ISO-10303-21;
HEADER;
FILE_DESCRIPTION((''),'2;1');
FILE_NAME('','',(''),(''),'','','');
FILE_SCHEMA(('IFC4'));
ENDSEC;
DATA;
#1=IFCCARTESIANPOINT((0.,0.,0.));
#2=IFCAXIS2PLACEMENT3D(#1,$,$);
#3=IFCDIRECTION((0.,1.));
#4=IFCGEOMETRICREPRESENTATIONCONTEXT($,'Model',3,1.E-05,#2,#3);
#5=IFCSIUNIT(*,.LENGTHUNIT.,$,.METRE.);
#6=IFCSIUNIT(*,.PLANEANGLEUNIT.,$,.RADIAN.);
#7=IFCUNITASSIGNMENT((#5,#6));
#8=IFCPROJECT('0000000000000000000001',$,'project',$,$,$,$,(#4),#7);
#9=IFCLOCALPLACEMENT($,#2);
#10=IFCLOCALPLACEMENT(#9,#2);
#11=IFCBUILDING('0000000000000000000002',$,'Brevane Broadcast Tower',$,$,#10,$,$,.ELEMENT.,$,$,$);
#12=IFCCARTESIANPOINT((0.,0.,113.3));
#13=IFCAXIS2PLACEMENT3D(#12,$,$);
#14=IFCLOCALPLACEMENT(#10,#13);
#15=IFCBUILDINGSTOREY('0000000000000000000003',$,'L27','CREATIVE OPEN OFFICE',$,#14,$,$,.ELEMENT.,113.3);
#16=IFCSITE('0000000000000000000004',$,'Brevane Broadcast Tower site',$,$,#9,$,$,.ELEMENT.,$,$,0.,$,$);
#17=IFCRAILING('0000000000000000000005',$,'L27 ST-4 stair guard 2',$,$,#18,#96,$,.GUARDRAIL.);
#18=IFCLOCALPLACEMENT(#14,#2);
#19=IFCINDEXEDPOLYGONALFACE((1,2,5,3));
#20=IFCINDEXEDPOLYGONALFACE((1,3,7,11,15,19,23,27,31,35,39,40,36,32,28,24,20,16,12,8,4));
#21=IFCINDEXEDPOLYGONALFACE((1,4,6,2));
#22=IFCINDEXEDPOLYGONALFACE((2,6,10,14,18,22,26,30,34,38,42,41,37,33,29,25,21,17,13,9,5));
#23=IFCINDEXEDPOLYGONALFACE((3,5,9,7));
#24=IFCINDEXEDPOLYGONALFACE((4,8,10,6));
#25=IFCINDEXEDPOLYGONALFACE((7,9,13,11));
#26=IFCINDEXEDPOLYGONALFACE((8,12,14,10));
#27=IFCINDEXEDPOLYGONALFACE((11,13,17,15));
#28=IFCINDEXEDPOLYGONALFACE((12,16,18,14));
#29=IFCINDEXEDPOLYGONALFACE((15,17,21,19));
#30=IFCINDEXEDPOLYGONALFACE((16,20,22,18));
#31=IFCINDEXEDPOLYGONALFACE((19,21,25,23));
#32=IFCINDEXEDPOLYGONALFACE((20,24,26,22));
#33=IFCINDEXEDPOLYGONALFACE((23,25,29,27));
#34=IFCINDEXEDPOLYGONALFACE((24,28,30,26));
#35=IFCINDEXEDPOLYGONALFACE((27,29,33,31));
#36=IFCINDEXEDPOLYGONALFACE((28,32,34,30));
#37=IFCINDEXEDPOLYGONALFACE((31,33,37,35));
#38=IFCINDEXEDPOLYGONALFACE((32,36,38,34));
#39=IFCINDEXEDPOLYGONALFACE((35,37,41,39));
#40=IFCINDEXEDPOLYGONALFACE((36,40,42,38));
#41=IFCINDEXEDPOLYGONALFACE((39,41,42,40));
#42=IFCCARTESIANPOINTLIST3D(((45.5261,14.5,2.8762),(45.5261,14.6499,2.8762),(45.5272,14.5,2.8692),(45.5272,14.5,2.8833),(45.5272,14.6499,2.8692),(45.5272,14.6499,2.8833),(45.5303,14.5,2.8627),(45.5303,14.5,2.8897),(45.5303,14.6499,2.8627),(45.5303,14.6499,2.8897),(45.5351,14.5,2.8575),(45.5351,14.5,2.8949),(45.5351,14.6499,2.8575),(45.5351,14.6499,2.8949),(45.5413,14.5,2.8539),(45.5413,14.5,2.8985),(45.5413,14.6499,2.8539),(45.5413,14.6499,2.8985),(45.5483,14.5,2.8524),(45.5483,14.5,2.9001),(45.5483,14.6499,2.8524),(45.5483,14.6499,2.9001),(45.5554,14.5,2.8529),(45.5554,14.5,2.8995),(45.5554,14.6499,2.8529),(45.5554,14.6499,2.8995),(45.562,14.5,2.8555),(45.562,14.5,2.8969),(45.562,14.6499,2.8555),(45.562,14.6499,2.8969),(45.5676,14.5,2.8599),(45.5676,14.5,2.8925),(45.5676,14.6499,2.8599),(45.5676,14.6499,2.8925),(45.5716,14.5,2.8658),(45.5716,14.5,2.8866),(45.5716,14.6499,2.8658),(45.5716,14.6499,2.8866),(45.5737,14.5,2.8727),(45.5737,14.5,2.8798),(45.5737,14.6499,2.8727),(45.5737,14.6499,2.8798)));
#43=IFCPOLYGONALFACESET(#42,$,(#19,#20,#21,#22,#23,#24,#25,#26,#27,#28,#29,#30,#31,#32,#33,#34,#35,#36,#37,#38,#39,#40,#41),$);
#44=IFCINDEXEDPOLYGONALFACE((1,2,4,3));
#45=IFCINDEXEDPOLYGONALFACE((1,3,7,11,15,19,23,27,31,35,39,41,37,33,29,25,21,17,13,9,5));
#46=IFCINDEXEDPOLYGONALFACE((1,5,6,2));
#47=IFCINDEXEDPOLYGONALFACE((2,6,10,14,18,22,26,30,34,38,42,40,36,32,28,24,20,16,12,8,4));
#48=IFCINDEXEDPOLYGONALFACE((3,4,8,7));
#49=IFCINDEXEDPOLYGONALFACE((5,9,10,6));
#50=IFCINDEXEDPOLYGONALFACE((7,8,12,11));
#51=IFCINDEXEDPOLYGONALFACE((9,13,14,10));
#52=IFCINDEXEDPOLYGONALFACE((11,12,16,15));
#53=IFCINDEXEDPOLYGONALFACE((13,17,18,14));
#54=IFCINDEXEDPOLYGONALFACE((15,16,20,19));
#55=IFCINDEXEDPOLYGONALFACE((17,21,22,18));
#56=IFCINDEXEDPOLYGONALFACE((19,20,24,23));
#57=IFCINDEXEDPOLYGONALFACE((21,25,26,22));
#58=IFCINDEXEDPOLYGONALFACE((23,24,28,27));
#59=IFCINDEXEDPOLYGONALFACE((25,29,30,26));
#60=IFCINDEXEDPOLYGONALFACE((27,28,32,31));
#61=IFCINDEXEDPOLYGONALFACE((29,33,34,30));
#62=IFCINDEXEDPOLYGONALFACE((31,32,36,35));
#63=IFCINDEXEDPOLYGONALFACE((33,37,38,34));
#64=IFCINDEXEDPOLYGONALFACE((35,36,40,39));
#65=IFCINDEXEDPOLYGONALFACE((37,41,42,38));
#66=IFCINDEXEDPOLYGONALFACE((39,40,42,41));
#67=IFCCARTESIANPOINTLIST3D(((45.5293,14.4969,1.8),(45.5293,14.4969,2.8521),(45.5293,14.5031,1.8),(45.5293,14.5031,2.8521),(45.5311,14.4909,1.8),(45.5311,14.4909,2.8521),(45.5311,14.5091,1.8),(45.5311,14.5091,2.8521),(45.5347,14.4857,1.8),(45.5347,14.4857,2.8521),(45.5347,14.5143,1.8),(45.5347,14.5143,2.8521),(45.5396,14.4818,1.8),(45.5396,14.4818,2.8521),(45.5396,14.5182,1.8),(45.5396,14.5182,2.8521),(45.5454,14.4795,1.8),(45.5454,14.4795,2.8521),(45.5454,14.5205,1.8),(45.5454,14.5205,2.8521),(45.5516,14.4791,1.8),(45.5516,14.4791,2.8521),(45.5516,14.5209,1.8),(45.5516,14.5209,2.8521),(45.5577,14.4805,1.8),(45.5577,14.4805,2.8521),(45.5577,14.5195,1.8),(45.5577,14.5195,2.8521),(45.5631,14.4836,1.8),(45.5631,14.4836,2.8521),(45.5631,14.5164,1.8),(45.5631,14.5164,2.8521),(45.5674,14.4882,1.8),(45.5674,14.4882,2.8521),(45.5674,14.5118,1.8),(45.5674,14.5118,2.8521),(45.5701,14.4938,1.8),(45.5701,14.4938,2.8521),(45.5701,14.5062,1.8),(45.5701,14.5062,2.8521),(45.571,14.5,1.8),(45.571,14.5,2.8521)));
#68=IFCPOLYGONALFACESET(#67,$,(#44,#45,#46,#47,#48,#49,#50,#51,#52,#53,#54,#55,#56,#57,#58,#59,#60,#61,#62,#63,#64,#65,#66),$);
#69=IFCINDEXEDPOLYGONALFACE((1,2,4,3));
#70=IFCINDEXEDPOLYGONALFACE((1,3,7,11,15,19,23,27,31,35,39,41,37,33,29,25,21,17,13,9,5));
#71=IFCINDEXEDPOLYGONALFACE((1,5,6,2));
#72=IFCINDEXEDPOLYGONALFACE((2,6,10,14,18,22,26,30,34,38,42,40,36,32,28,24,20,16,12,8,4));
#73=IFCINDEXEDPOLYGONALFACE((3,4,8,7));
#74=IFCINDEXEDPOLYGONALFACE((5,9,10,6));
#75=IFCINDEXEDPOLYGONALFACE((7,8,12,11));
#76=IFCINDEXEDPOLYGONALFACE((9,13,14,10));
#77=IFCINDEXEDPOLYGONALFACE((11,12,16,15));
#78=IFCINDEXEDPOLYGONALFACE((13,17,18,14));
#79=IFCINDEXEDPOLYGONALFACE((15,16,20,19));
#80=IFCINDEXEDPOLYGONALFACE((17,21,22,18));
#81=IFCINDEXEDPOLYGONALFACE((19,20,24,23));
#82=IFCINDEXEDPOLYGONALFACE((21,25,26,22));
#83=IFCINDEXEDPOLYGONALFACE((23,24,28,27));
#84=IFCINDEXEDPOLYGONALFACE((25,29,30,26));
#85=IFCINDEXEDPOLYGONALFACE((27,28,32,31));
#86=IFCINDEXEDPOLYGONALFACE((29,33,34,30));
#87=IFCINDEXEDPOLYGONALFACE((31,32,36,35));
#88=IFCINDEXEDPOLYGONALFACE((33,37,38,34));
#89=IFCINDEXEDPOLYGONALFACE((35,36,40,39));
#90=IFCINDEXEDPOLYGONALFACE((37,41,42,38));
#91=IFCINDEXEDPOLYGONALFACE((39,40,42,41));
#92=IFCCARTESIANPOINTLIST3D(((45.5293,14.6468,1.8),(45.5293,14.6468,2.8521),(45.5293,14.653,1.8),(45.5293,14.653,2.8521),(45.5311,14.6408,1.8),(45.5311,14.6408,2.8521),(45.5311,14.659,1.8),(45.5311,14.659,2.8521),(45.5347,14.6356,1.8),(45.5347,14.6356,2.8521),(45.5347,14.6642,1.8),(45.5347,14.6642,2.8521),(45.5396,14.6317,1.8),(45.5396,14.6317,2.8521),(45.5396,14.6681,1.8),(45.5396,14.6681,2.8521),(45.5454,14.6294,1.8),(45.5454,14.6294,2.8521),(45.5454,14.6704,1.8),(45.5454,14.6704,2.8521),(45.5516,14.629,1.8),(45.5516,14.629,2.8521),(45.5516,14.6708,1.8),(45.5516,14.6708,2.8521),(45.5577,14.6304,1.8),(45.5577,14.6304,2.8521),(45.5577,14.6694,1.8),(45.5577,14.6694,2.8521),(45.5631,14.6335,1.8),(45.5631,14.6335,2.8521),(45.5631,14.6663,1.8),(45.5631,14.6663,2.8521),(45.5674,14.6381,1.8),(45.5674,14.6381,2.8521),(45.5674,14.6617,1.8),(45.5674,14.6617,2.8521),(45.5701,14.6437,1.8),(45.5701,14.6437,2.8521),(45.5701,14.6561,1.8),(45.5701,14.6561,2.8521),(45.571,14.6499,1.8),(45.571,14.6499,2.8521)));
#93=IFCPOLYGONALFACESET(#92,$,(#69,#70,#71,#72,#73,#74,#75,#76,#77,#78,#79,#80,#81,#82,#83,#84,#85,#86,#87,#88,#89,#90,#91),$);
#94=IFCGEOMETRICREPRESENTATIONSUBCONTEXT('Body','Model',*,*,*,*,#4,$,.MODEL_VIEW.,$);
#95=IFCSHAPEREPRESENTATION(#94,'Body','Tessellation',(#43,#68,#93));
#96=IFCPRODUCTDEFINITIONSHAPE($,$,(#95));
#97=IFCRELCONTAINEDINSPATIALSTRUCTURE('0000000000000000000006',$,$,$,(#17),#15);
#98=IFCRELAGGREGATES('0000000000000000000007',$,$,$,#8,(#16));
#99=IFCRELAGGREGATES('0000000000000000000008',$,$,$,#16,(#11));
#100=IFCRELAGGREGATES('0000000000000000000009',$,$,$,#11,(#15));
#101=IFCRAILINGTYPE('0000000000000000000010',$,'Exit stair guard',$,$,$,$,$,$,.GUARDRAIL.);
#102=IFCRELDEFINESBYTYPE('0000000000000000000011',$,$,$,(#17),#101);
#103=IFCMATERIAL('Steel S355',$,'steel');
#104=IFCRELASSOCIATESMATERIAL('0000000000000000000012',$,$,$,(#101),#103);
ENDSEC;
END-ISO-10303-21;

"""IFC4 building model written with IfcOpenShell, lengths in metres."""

from ifc_helpers import new_model, si_unit, direction, frame, origin, origin_2d, place, context, subcontext, project, spatial, circle, extrude, material, type_object, element, save


model = new_model("IFC4")

# Units and contexts
model_context = context("Model", 3, precision=1e-05, world=origin(), true_north=direction((0.0, 1.0)))
body_context = subcontext(model_context, "Body", "Model", "MODEL_VIEW")
ifc_project = project(units=[si_unit("LENGTHUNIT", "METRE"), si_unit("PLANEANGLEUNIT", "RADIAN")], contexts=[model_context])

# Site, building, storey
site_placement = place(None, origin())
site = spatial("IfcSite", under=ifc_project, at=site_placement, Name="Brevane Broadcast Tower site", CompositionType="ELEMENT", RefElevation=0.0)
building_placement = place(site_placement, origin())
building = spatial("IfcBuilding", under=site, at=building_placement, Name="Brevane Broadcast Tower", CompositionType="ELEMENT")
storey_placement = place(building_placement, frame((0.0, 0.0, 113.3)))
storey = spatial("IfcBuildingStorey", under=building, at=storey_placement, Name="L27", Description="CREATIVE OPEN OFFICE", CompositionType="ELEMENT", Elevation=113.3)

# Railing
ifc_material_1 = material(Name="Steel S355", Category="steel")
railing_type_1 = type_object("IfcRailingType", Name="Exit stair guard", PredefinedType="GUARDRAIL", material=ifc_material_1)
railing_1_placement = place(storey_placement, frame((45.55, 14.5, 1.8)))
element("IfcRailing", 1, at=railing_1_placement, inside=storey, type_object=railing_type_1, Name="L27 ST-4 stair guard 2", PredefinedType="GUARDRAIL", context=body_context, shape_type="SweptSolid", body=[
    extrude(circle(Radius=0.0239, at=origin_2d()), frame((0.0, 0.0, 1.0762), z_axis=(0.0, 1.0, 0.0), x_axis=(-1.0, 0.0, 0.0)), (0.0, 0.0, 1.0), 0.1499),
    extrude(circle(Radius=0.021, at=origin_2d()), origin(), (0.0, 0.0, 1.0), 1.052),
    extrude(circle(Radius=0.021, at=origin_2d()), frame((0.0, 0.1499, 0.0)), (0.0, 0.0, 1.0), 1.052),
])

save(model, "model.ifc")
